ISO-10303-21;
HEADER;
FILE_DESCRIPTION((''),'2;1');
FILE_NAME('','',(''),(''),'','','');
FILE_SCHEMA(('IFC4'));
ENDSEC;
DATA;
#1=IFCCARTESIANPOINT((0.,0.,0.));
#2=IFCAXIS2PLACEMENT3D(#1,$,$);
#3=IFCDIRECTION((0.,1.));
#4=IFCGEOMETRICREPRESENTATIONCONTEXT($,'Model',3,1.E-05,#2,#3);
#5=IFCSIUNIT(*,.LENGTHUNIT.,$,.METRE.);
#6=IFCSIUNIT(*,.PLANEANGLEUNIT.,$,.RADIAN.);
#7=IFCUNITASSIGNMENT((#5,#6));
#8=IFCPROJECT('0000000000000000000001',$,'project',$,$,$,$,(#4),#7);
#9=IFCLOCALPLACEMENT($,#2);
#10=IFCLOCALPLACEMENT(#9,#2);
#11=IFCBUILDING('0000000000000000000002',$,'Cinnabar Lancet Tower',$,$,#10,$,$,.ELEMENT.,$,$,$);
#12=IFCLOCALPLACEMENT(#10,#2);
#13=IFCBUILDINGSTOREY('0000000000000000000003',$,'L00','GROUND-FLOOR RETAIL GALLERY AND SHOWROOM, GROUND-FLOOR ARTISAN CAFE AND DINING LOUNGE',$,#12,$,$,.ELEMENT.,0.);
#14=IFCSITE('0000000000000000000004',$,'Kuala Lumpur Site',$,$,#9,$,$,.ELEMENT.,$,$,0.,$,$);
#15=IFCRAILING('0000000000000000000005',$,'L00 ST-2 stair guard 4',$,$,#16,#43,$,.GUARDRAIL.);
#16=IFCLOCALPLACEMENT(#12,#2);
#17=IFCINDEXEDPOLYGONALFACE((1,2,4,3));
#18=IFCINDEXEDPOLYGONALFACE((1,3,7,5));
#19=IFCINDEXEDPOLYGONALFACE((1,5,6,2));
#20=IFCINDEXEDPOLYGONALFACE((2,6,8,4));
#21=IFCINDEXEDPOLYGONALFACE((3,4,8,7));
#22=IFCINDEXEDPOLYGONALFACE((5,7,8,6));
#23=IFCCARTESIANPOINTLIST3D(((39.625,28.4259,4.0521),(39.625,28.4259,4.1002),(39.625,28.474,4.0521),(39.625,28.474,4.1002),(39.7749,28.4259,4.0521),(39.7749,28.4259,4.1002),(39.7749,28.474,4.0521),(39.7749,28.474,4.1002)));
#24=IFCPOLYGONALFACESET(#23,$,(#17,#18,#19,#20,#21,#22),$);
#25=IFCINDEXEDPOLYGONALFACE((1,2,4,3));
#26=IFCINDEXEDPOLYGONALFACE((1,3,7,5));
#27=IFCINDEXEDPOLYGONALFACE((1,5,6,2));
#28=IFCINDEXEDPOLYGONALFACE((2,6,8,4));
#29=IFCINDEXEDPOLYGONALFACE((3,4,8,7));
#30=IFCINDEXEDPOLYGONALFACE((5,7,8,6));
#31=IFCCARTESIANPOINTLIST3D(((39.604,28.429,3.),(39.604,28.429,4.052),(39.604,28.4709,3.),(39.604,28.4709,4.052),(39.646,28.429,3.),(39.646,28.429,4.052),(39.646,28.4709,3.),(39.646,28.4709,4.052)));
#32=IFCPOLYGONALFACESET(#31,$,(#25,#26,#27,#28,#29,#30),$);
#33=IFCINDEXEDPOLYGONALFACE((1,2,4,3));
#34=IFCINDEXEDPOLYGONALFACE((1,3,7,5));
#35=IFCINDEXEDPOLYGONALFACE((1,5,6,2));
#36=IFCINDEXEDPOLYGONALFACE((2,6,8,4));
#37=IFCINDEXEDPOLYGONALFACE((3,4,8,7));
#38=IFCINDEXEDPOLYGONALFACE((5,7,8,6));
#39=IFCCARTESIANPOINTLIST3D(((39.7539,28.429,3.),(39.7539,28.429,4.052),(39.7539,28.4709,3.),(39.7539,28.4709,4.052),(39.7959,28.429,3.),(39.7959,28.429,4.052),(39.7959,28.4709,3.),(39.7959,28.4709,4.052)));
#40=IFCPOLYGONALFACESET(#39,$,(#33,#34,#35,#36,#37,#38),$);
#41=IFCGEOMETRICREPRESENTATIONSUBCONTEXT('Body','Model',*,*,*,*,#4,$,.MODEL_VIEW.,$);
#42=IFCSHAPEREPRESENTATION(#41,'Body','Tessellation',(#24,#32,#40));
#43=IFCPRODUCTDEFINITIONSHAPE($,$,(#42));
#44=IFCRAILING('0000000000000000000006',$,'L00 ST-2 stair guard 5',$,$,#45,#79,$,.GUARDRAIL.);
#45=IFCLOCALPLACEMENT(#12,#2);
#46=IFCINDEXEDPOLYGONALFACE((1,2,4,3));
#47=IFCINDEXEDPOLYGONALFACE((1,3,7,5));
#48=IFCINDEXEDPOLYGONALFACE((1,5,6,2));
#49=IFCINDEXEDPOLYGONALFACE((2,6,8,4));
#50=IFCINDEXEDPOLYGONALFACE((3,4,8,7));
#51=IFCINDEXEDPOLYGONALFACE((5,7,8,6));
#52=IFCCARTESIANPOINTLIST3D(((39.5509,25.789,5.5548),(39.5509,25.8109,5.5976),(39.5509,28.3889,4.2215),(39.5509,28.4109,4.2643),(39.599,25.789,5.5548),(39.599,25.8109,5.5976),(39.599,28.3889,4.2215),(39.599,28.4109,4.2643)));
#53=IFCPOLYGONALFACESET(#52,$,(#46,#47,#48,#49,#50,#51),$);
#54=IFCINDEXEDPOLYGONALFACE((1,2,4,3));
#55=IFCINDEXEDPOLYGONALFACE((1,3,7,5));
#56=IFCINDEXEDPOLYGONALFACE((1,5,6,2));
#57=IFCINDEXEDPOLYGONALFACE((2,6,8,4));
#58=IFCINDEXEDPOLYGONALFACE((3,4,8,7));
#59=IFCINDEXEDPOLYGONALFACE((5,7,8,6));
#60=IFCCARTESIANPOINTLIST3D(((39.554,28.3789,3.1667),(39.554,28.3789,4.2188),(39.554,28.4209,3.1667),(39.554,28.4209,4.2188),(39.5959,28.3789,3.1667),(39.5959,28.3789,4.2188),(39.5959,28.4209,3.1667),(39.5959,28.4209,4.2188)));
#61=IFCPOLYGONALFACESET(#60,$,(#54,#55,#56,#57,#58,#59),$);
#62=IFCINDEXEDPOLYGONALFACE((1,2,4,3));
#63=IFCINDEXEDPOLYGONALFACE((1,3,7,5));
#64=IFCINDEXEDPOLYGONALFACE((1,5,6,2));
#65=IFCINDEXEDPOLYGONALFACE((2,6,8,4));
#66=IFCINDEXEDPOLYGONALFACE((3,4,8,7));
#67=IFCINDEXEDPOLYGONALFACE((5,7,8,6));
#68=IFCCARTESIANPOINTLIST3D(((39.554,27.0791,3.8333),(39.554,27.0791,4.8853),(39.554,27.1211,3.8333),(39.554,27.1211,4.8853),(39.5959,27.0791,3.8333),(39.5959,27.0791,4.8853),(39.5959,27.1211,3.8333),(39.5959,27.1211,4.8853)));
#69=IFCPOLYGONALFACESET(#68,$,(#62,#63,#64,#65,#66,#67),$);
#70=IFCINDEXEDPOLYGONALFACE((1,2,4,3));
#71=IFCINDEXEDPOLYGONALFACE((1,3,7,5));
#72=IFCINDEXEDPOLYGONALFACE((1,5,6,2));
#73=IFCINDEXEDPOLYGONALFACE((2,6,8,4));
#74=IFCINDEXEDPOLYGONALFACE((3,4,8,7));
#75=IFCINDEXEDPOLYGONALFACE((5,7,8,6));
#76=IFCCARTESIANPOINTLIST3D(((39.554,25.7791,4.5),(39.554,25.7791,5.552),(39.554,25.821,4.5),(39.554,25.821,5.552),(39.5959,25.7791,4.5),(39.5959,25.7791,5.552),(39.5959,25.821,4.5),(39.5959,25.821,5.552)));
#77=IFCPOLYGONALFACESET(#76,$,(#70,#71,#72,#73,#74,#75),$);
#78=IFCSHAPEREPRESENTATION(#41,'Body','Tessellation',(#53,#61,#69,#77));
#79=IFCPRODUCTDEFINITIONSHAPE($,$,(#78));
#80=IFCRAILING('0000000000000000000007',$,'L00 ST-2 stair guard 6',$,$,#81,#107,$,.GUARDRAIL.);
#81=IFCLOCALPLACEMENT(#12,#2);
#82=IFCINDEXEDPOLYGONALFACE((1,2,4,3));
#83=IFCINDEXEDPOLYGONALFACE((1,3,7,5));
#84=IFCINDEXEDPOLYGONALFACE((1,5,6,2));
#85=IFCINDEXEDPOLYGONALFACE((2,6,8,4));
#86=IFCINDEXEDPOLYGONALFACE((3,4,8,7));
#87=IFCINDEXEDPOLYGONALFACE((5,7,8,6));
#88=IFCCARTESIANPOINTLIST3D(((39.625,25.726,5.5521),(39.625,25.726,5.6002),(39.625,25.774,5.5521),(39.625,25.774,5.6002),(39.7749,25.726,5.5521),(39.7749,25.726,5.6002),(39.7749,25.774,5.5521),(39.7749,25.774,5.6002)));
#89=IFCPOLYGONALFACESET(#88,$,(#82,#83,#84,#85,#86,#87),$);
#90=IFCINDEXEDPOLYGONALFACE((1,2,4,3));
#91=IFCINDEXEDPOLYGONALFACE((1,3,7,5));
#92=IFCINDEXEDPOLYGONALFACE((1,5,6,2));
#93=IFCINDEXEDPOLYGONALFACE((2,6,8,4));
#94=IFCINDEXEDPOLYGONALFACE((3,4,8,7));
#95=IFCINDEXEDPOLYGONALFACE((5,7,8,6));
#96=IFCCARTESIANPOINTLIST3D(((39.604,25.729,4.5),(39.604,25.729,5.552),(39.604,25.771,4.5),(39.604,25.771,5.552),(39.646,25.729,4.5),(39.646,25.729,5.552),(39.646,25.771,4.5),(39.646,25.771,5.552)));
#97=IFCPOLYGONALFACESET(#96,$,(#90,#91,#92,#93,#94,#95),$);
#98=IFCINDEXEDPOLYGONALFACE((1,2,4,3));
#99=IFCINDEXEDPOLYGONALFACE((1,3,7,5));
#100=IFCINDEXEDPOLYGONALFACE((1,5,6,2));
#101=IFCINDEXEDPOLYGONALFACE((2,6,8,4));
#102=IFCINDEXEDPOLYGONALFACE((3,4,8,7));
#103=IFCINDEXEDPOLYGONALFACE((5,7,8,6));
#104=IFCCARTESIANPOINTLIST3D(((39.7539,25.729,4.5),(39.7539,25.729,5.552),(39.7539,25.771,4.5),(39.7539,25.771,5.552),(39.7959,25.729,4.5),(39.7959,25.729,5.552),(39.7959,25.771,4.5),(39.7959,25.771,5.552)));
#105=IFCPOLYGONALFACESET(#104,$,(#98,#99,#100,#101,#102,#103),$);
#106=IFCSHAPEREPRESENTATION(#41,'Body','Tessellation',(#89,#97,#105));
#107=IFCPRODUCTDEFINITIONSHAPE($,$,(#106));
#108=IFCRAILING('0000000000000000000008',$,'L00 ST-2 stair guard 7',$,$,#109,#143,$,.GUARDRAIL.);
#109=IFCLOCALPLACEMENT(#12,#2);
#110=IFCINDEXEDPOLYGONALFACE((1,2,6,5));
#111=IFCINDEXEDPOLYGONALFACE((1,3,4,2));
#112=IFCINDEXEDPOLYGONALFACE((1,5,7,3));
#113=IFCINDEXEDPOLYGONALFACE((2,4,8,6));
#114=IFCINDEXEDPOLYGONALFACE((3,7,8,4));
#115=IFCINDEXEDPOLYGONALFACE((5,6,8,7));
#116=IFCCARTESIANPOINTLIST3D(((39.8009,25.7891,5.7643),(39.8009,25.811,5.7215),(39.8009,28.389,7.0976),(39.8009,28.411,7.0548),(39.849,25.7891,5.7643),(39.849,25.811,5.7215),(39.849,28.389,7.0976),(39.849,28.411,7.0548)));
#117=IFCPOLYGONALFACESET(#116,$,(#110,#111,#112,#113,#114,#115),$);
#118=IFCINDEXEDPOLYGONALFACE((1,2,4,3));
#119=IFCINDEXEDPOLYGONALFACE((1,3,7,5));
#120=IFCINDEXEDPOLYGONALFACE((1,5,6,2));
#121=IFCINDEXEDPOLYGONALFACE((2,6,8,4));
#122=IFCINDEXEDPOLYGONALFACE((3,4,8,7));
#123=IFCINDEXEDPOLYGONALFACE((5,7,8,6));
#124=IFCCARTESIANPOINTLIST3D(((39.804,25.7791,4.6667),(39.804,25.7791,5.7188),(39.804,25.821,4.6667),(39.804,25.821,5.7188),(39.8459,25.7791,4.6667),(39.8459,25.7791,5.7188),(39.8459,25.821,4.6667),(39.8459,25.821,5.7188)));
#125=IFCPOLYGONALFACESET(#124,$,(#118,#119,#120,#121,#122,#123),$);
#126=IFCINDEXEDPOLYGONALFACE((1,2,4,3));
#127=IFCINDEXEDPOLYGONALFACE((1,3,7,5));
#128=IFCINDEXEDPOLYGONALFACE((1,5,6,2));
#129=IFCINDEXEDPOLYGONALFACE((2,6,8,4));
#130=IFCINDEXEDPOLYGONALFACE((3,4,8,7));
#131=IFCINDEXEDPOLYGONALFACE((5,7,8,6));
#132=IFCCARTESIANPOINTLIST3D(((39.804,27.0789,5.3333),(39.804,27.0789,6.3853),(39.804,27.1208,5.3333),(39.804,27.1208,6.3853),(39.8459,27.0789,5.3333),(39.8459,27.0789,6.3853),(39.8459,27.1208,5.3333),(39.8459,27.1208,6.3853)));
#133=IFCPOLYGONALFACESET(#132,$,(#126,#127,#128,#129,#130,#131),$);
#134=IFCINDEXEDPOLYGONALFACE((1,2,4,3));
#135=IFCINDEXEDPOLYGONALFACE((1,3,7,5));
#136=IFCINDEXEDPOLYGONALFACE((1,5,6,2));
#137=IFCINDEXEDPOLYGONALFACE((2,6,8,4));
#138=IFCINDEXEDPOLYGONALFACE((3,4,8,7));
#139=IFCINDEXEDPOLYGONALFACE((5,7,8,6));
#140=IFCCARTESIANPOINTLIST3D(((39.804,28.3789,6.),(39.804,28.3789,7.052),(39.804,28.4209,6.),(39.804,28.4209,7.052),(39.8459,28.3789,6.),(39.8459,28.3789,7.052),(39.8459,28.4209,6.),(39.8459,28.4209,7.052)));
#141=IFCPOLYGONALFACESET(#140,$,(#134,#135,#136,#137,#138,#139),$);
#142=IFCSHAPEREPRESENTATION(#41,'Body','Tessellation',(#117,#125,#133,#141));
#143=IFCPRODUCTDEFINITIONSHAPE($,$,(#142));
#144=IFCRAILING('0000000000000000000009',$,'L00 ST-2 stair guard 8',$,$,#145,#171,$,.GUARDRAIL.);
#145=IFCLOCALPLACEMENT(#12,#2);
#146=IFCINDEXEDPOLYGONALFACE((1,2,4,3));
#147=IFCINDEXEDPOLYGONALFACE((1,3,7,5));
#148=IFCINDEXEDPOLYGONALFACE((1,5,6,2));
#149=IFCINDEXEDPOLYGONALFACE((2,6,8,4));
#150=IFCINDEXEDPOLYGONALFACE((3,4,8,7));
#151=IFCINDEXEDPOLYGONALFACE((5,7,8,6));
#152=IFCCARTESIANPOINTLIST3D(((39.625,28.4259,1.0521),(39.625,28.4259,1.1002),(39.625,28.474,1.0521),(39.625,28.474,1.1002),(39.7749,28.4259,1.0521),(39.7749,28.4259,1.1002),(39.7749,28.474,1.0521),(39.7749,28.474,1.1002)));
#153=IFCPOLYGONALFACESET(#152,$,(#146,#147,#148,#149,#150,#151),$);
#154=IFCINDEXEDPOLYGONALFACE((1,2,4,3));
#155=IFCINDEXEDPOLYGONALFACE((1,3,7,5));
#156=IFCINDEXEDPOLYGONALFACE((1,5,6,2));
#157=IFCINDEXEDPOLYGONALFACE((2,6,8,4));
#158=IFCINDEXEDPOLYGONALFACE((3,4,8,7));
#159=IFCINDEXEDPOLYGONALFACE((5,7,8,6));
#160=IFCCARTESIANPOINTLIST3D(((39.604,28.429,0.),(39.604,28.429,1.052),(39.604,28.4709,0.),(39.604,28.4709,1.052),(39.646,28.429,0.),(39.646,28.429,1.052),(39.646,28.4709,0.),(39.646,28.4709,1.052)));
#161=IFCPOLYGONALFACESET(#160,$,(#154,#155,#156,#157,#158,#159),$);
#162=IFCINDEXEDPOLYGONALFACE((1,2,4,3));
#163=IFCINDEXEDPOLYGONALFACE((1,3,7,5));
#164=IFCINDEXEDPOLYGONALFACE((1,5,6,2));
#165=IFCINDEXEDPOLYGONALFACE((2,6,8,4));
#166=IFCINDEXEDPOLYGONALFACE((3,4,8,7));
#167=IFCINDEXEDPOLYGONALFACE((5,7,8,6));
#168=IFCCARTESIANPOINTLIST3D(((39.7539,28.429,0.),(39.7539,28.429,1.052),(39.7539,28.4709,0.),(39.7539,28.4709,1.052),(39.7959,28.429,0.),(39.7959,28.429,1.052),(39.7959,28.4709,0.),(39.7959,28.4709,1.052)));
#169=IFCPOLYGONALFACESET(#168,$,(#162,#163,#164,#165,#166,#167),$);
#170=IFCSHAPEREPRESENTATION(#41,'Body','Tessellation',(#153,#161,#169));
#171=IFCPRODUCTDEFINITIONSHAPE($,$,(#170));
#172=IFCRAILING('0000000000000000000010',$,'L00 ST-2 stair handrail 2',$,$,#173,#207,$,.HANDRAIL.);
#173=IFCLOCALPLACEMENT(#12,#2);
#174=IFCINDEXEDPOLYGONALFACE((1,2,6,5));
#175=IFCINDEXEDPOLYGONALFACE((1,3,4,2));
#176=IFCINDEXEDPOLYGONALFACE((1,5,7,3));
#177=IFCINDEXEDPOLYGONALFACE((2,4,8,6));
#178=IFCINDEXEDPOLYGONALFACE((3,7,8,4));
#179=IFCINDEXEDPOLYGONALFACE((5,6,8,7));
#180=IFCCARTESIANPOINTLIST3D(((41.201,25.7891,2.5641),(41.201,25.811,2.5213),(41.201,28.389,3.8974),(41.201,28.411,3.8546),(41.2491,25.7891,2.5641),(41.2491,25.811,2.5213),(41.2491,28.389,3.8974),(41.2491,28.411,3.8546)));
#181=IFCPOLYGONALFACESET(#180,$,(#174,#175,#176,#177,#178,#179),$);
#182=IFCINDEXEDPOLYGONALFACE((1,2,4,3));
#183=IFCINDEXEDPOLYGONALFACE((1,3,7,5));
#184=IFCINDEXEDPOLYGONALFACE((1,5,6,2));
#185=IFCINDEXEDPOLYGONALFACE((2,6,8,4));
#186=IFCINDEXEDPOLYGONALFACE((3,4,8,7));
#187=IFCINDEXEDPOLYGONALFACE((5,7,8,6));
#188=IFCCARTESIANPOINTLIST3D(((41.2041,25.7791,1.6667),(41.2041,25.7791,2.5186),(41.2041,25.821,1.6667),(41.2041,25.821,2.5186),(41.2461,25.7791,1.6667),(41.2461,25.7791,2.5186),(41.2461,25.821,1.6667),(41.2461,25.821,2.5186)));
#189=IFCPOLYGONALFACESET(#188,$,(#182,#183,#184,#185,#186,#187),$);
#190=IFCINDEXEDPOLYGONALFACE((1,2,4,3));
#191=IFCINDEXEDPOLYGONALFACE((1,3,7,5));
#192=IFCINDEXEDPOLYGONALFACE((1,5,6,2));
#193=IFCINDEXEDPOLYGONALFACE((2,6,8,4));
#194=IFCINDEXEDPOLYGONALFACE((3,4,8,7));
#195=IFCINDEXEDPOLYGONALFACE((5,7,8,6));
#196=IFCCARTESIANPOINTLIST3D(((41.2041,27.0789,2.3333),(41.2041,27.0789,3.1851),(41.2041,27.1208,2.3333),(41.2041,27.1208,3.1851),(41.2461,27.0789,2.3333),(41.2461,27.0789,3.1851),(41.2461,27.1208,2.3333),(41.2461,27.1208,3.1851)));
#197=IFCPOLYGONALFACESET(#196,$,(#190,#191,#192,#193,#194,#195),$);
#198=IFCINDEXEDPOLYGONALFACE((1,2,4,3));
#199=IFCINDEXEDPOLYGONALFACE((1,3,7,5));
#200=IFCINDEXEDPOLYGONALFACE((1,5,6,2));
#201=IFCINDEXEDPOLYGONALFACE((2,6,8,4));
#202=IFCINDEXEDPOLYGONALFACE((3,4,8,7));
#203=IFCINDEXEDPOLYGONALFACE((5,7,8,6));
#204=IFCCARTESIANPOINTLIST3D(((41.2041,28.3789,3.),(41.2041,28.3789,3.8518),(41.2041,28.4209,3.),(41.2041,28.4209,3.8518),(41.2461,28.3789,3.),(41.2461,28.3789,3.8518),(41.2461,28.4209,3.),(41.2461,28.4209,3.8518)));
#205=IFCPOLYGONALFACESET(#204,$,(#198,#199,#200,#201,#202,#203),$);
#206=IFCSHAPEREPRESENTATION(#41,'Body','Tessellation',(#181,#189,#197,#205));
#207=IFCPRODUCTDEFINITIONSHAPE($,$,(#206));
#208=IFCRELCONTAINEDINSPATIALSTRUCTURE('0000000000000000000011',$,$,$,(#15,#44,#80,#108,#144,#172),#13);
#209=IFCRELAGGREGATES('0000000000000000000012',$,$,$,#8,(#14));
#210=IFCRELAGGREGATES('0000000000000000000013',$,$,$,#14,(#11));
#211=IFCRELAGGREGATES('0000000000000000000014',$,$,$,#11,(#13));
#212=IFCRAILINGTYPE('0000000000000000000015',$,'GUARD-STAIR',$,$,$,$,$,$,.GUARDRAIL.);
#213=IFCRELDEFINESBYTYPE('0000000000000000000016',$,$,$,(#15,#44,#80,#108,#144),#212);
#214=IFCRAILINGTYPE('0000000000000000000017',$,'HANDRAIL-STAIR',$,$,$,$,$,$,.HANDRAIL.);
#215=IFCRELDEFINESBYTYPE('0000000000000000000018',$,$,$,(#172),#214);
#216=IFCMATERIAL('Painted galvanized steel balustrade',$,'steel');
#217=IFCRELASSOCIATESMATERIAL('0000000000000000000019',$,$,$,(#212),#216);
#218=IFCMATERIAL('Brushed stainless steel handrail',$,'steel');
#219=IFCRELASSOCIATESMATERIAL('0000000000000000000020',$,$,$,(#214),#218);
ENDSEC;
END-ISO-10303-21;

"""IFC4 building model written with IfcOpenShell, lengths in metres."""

from ifc_helpers import new_model, si_unit, direction, frame, origin, origin_2d, place, context, subcontext, project, spatial, rectangle, extrude, material, type_object, element, save


model = new_model("IFC4")

# Units and contexts
model_context = context("Model", 3, precision=1e-05, world=origin(), true_north=direction((0.0, 1.0)))
body_context = subcontext(model_context, "Body", "Model", "MODEL_VIEW")
ifc_project = project(units=[si_unit("LENGTHUNIT", "METRE"), si_unit("PLANEANGLEUNIT", "RADIAN")], contexts=[model_context])

# Site, building, storey
site_placement = place(None, origin())
site = spatial("IfcSite", under=ifc_project, at=site_placement, Name="Kuala Lumpur Site", CompositionType="ELEMENT", RefElevation=0.0)
building_placement = place(site_placement, origin())
building = spatial("IfcBuilding", under=site, at=building_placement, Name="Cinnabar Lancet Tower", CompositionType="ELEMENT")
storey_placement = place(building_placement, origin())
storey = spatial("IfcBuildingStorey", under=building, at=storey_placement, Name="L00", Description="GROUND-FLOOR RETAIL GALLERY AND SHOWROOM, GROUND-FLOOR ARTISAN CAFE AND DINING LOUNGE", CompositionType="ELEMENT", Elevation=0.0)

# Railings
ifc_material_1 = material(Name="Painted galvanized steel balustrade", Category="steel")
railing_type_1 = type_object("IfcRailingType", Name="GUARD-STAIR", PredefinedType="GUARDRAIL", material=ifc_material_1)
railing_1_placement = place(storey_placement, frame((39.625, 28.45, 3.0)))
element("IfcRailing", 1, at=railing_1_placement, inside=storey, type_object=railing_type_1, Name="L00 ST-2 stair guard 4", PredefinedType="GUARDRAIL", context=body_context, shape_type="SweptSolid", body=[
    extrude(rectangle(XDim=0.0481, YDim=0.0481, at=origin_2d()), frame((0.0, 0.0, 1.0762), z_axis=(1.0, 0.0, 0.0), x_axis=(0.0, 1.0, 0.0)), (0.0, 0.0, 1.0), 0.1499),
    extrude(rectangle(XDim=0.042, YDim=0.042, at=origin_2d()), origin(), (0.0, 0.0, 1.0), 1.052),
    extrude(rectangle(XDim=0.042, YDim=0.042, at=origin_2d()), frame((0.1499, 0.0, 0.0)), (0.0, 0.0, 1.0), 1.052),
])
railing_2_placement = place(storey_placement, frame((39.575, 28.3999, 3.1667)))
element("IfcRailing", 2, at=railing_2_placement, inside=storey, type_object=railing_type_1, Name="L00 ST-2 stair guard 5", PredefinedType="GUARDRAIL", context=body_context, shape_type="SweptSolid", body=[
    extrude(rectangle(XDim=0.0481, YDim=0.0481, at=origin_2d()), frame((0.0, 0.0, 1.0762), z_axis=(0.0, -0.889818, 0.456315), x_axis=(1.0, 0.0, 0.0)), (0.0, 0.0, 1.0), 2.9219),
    extrude(rectangle(XDim=0.042, YDim=0.042, at=origin_2d()), origin(), (0.0, 0.0, 1.0), 1.052),
    extrude(rectangle(XDim=0.042, YDim=0.042, at=origin_2d()), frame((0.0, -1.2998, 0.6665)), (0.0, 0.0, 1.0), 1.052),
    extrude(rectangle(XDim=0.042, YDim=0.042, at=origin_2d()), frame((0.0, -2.5999, 1.3333)), (0.0, 0.0, 1.0), 1.052),
])
railing_3_placement = place(storey_placement, frame((39.625, 25.75, 4.5)))
element("IfcRailing", 3, at=railing_3_placement, inside=storey, type_object=railing_type_1, Name="L00 ST-2 stair guard 6", PredefinedType="GUARDRAIL", context=body_context, shape_type="SweptSolid", body=[
    extrude(rectangle(XDim=0.0481, YDim=0.0481, at=origin_2d()), frame((0.0, 0.0, 1.0762), z_axis=(1.0, 0.0, 0.0), x_axis=(0.0, 1.0, 0.0)), (0.0, 0.0, 1.0), 0.1499),
    extrude(rectangle(XDim=0.042, YDim=0.042, at=origin_2d()), origin(), (0.0, 0.0, 1.0), 1.052),
    extrude(rectangle(XDim=0.042, YDim=0.042, at=origin_2d()), frame((0.1499, 0.0, 0.0)), (0.0, 0.0, 1.0), 1.052),
])
railing_4_placement = place(storey_placement, frame((39.825, 25.8, 4.6667)))
element("IfcRailing", 4, at=railing_4_placement, inside=storey, type_object=railing_type_1, Name="L00 ST-2 stair guard 7", PredefinedType="GUARDRAIL", context=body_context, shape_type="SweptSolid", body=[
    extrude(rectangle(XDim=0.0481, YDim=0.0481, at=origin_2d()), frame((0.0, 0.0, 1.0762), z_axis=(0.0, 0.889818, 0.456315), x_axis=(-1.0, 0.0, 0.0)), (0.0, 0.0, 1.0), 2.9219),
    extrude(rectangle(XDim=0.042, YDim=0.042, at=origin_2d()), origin(), (0.0, 0.0, 1.0), 1.052),
    extrude(rectangle(XDim=0.042, YDim=0.042, at=origin_2d()), frame((0.0, 1.2998, 0.6665)), (0.0, 0.0, 1.0), 1.052),
    extrude(rectangle(XDim=0.042, YDim=0.042, at=origin_2d()), frame((0.0, 2.5999, 1.3333)), (0.0, 0.0, 1.0), 1.052),
])
railing_5_placement = place(storey_placement, frame((39.625, 28.45, 0.0)))
element("IfcRailing", 5, at=railing_5_placement, inside=storey, type_object=railing_type_1, Name="L00 ST-2 stair guard 8", PredefinedType="GUARDRAIL", context=body_context, shape_type="SweptSolid", body=[
    extrude(rectangle(XDim=0.0481, YDim=0.0481, at=origin_2d()), frame((0.0, 0.0, 1.0762), z_axis=(1.0, 0.0, 0.0), x_axis=(0.0, 1.0, 0.0)), (0.0, 0.0, 1.0), 0.1499),
    extrude(rectangle(XDim=0.042, YDim=0.042, at=origin_2d()), origin(), (0.0, 0.0, 1.0), 1.052),
    extrude(rectangle(XDim=0.042, YDim=0.042, at=origin_2d()), frame((0.1499, 0.0, 0.0)), (0.0, 0.0, 1.0), 1.052),
])
ifc_material_2 = material(Name="Brushed stainless steel handrail", Category="steel")
railing_type_2 = type_object("IfcRailingType", Name="HANDRAIL-STAIR", PredefinedType="HANDRAIL", material=ifc_material_2)
for number, where, name in (
    (6, (41.2251, 25.8, 1.6667), "L00 ST-2 stair handrail 2"),
):
    element("IfcRailing", number, at=place(storey_placement, frame(where)), inside=storey, type_object=railing_type_2, Name=name, PredefinedType="HANDRAIL", context=body_context, shape_type="SweptSolid", body=[
        extrude(rectangle(XDim=0.0481, YDim=0.0481, at=origin_2d()), frame((0.0, 0.0, 0.876), z_axis=(0.0, 0.889818, 0.456315), x_axis=(-1.0, 0.0, 0.0)), (0.0, 0.0, 1.0), 2.9219),
        extrude(rectangle(XDim=0.042, YDim=0.042, at=origin_2d()), origin(), (0.0, 0.0, 1.0), 0.8518),
        extrude(rectangle(XDim=0.042, YDim=0.042, at=origin_2d()), frame((0.0, 1.2998, 0.6665)), (0.0, 0.0, 1.0), 0.8518),
        extrude(rectangle(XDim=0.042, YDim=0.042, at=origin_2d()), frame((0.0, 2.5999, 1.3333)), (0.0, 0.0, 1.0), 0.8518),
    ])

save(model, "model.ifc")
